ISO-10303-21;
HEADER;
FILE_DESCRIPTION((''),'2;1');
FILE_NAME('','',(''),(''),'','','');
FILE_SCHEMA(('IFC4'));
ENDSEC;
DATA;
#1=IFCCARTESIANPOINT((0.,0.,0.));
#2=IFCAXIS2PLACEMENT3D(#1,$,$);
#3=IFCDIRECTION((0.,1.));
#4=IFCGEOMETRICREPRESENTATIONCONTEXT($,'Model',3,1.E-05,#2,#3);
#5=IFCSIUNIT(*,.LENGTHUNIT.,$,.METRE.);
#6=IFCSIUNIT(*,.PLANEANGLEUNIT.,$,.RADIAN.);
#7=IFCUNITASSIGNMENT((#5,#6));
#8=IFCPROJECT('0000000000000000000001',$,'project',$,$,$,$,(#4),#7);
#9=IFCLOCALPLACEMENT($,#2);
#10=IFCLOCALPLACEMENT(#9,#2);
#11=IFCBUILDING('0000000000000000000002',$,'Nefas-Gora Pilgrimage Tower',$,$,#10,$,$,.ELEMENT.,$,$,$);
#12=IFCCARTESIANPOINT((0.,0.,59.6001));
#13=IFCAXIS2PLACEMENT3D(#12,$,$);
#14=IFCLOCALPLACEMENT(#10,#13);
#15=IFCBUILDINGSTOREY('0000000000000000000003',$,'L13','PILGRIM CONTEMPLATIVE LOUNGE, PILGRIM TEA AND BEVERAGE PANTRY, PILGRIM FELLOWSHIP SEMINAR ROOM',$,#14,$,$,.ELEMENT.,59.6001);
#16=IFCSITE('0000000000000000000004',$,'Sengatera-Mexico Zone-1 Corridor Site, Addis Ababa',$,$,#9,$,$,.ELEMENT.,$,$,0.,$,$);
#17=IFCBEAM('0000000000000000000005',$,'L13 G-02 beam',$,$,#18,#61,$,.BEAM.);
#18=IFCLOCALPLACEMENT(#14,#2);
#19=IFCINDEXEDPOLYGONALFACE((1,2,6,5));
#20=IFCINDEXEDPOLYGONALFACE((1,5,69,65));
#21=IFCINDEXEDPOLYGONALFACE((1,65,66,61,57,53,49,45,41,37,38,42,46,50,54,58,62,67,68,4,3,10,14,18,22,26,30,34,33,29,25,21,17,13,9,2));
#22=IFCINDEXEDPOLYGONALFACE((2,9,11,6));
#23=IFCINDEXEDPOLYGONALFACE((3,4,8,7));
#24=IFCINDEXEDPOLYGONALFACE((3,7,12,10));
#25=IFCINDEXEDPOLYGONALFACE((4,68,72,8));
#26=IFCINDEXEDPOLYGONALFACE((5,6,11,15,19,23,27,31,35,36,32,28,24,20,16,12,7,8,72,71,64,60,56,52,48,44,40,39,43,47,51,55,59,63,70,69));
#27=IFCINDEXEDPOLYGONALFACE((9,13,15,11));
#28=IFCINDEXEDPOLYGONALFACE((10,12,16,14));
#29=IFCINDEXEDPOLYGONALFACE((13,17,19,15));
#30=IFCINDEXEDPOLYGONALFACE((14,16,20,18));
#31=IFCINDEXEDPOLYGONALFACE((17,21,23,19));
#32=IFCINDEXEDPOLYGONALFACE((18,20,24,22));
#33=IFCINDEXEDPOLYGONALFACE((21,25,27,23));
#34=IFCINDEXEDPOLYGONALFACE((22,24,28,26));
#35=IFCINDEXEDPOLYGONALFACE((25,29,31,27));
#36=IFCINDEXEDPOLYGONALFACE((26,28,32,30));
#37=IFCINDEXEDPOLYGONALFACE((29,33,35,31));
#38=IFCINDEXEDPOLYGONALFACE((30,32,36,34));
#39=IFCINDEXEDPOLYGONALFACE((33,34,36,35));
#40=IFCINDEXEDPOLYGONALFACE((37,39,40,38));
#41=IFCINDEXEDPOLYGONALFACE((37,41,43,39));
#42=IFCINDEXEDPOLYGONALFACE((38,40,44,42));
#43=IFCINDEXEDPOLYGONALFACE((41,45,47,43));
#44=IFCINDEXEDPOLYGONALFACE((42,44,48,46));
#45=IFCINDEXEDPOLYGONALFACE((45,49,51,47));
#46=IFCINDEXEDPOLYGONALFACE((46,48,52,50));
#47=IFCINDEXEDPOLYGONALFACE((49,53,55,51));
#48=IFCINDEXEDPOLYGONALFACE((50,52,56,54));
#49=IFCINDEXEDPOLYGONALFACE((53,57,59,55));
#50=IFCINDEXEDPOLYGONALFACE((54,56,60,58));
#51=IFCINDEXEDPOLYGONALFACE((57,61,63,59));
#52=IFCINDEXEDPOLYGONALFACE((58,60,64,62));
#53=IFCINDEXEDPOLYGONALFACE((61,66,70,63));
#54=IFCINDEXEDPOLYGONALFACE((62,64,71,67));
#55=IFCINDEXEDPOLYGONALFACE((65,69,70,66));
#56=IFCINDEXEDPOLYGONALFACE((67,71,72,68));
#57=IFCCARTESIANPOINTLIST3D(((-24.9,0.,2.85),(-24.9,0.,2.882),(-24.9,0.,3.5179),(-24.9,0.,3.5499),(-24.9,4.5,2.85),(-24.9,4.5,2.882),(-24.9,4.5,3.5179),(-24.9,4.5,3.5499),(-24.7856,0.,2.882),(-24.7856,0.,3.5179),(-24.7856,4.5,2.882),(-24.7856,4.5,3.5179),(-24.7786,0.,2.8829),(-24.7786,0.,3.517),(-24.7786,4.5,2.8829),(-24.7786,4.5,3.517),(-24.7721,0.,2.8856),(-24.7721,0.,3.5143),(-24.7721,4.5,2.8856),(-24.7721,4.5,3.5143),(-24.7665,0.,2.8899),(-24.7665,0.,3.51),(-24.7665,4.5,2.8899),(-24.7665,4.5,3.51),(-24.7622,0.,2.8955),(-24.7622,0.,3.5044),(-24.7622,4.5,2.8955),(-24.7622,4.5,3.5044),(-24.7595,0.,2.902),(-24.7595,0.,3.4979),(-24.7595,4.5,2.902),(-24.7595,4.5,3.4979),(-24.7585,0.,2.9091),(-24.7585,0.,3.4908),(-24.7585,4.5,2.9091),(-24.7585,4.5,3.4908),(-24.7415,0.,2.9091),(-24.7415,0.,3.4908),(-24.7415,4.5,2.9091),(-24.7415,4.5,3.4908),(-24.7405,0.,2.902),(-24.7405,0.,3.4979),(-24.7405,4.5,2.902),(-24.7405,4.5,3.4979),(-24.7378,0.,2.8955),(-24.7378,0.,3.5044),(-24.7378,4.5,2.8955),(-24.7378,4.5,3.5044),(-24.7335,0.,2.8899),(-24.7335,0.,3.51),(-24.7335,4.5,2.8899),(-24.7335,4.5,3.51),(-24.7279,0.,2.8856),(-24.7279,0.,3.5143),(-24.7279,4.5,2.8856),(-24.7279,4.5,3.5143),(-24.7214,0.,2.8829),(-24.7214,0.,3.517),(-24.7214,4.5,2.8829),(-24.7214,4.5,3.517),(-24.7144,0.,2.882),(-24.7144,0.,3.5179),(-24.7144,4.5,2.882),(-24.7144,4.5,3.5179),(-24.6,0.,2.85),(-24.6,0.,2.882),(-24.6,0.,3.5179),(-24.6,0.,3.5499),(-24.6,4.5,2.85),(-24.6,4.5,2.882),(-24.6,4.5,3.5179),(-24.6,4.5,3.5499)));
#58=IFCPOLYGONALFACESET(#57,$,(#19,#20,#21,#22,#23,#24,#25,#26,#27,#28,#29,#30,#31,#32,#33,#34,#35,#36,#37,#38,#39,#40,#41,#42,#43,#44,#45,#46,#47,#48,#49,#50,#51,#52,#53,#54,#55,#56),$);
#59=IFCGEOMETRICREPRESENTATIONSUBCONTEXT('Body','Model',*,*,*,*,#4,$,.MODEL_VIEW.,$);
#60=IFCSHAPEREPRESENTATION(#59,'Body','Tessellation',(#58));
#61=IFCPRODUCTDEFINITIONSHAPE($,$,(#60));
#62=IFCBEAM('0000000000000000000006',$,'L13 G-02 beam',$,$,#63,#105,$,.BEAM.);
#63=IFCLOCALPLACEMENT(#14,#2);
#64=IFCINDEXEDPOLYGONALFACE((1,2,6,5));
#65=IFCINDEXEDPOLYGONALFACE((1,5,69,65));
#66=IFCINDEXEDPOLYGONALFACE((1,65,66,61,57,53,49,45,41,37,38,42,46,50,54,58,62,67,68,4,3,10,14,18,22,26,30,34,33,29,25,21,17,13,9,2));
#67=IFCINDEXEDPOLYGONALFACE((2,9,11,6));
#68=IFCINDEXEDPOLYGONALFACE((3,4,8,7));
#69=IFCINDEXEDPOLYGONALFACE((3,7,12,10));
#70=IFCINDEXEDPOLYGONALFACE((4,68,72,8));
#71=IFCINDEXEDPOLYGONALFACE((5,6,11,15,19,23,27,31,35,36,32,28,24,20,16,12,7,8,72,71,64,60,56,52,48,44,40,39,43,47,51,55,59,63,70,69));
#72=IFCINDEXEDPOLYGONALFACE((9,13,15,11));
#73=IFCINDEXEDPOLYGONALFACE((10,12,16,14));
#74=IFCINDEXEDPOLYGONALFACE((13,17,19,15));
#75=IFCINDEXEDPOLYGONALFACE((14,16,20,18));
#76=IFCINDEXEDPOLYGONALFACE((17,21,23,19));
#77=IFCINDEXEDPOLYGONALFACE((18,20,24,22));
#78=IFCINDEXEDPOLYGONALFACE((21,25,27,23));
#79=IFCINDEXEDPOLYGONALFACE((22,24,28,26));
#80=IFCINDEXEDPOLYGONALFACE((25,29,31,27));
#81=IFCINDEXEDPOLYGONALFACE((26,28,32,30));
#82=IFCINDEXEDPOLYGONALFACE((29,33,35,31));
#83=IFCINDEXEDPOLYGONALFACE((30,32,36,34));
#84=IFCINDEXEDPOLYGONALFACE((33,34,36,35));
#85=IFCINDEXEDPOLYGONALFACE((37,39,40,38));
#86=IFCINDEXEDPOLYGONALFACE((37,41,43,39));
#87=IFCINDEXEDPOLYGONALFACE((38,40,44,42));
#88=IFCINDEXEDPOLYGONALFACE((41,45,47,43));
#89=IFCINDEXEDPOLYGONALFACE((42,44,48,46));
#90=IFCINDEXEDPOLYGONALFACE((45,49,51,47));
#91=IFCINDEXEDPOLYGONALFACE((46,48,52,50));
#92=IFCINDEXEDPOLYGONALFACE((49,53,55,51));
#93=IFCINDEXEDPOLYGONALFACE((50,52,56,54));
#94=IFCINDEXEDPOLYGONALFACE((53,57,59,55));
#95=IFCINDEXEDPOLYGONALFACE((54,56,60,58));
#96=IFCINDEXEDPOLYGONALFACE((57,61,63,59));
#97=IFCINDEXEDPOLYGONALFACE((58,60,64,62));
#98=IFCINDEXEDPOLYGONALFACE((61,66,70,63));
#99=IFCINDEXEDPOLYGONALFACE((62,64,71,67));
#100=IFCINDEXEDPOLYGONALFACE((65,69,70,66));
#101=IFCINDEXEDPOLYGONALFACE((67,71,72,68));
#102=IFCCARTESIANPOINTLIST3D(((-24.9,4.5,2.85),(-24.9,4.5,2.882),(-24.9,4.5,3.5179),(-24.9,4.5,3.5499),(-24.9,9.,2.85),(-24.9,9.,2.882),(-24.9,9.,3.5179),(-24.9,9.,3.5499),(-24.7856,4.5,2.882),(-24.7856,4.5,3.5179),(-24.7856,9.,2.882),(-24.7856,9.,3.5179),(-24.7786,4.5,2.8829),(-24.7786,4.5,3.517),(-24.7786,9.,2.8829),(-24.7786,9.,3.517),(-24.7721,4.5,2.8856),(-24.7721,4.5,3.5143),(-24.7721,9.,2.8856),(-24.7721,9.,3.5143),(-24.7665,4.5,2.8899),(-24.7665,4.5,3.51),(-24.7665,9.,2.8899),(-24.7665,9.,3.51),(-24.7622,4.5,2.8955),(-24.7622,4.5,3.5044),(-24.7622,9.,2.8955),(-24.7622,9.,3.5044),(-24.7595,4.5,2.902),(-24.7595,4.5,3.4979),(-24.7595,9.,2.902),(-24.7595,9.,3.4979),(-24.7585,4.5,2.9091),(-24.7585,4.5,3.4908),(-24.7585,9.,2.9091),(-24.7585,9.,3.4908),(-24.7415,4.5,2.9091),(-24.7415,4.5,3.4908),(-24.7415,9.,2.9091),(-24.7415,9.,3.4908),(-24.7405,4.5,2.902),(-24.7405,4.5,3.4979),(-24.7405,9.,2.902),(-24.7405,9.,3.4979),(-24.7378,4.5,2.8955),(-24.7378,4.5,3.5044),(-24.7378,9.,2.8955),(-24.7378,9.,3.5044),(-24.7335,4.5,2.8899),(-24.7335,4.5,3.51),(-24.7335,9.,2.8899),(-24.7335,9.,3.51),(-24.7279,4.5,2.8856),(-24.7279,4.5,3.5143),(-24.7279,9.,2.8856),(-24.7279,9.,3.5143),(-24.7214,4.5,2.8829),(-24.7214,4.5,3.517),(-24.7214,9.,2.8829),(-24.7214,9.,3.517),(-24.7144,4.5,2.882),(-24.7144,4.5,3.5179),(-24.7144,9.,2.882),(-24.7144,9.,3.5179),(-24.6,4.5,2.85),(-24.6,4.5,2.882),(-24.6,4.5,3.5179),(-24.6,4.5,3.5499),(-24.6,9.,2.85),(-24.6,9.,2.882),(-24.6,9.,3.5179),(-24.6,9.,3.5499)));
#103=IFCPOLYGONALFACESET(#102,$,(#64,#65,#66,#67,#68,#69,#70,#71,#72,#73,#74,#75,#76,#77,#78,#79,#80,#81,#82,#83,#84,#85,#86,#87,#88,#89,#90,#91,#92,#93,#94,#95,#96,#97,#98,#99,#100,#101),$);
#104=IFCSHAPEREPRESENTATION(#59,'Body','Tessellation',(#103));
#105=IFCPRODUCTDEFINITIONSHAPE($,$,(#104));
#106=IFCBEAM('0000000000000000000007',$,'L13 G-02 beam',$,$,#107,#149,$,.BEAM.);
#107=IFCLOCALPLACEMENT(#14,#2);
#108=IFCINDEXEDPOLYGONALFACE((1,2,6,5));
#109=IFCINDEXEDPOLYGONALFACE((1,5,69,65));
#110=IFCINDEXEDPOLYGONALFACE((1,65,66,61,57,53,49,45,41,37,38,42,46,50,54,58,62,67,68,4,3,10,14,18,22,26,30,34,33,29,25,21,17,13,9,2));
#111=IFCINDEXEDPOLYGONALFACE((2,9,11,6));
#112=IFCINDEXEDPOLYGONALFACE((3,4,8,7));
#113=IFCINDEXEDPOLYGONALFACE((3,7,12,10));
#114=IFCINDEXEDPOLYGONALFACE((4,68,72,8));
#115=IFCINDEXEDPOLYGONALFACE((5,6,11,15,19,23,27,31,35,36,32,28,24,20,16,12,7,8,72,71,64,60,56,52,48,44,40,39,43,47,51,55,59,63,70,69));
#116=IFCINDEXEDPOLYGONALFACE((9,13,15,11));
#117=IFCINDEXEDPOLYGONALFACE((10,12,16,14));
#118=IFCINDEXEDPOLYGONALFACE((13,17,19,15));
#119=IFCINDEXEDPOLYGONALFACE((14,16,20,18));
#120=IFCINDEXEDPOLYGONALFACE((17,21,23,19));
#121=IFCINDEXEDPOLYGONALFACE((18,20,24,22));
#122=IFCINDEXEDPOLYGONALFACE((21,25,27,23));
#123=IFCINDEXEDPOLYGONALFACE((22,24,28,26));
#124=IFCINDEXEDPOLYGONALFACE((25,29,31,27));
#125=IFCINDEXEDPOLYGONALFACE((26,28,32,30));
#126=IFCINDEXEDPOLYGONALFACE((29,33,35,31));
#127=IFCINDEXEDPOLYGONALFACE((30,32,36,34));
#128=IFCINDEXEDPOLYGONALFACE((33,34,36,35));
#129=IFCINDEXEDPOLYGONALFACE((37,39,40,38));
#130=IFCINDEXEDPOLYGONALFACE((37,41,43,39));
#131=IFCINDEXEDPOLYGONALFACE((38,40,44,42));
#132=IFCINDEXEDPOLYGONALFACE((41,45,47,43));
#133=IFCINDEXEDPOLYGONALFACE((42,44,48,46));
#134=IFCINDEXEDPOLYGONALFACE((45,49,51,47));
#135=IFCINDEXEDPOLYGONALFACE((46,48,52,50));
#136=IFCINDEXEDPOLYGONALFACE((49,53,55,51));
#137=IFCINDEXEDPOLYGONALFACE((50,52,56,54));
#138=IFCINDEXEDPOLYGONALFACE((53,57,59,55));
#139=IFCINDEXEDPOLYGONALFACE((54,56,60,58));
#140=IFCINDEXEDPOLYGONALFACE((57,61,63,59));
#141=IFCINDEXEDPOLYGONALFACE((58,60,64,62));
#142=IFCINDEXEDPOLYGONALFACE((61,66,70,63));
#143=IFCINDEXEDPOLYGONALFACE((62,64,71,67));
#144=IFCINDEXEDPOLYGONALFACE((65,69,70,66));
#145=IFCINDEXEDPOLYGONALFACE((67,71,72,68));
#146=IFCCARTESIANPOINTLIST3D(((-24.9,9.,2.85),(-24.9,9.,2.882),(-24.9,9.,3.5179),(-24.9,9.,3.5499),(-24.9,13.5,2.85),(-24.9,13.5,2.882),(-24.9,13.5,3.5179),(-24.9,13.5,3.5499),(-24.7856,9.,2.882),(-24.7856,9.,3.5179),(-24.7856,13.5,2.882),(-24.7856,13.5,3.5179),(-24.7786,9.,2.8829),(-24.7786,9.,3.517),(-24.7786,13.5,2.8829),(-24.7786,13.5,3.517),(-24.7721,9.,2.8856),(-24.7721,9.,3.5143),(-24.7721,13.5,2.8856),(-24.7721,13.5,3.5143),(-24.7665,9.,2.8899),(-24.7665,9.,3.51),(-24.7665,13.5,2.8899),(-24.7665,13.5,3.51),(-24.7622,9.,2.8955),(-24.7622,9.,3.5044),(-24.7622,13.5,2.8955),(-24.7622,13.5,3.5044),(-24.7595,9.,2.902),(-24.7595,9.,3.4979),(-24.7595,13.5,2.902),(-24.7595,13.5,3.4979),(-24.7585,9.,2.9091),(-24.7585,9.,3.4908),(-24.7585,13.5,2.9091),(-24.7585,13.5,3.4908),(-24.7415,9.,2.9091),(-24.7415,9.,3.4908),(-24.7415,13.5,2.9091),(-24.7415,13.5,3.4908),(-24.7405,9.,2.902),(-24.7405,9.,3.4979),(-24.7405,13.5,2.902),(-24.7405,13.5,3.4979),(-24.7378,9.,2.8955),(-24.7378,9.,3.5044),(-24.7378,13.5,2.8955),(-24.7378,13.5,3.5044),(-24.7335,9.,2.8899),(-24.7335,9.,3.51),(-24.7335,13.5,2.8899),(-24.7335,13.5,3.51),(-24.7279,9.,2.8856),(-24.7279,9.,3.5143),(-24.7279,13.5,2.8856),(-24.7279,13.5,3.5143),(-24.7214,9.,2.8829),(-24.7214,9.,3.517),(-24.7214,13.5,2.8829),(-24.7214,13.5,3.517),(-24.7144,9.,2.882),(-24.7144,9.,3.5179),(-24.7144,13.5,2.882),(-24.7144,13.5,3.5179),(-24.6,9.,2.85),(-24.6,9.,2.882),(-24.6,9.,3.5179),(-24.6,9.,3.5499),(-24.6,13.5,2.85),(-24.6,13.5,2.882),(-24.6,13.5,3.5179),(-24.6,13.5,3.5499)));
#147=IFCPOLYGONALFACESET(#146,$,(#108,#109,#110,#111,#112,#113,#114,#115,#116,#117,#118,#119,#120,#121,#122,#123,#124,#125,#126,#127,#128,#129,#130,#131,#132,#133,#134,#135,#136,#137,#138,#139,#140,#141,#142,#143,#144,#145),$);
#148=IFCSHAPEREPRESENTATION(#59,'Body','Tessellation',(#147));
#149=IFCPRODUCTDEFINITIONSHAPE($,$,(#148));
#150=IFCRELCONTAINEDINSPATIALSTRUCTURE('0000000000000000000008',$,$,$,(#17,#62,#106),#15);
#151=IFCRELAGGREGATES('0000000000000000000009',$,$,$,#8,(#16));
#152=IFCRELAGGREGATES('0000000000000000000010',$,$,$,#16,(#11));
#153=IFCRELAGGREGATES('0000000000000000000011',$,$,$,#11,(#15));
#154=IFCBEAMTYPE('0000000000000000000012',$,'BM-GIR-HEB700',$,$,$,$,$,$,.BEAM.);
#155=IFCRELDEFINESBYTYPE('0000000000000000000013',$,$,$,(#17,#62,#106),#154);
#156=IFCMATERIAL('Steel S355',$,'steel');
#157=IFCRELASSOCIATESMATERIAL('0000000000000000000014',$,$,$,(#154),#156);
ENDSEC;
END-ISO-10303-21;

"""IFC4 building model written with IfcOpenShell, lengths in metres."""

from ifc_helpers import new_model, si_unit, direction, frame, origin, origin_2d, place, context, subcontext, project, spatial, i_section, extrude, source, transform, mapped, material, material_profile, profile_set, type_object, element, save


model = new_model("IFC4")

# Units and contexts
model_context = context("Model", 3, precision=1e-05, world=origin(), true_north=direction((0.0, 1.0)))
body_context = subcontext(model_context, "Body", "Model", "MODEL_VIEW")
ifc_project = project(units=[si_unit("LENGTHUNIT", "METRE"), si_unit("PLANEANGLEUNIT", "RADIAN")], contexts=[model_context])

# Site, building, storey
site_placement = place(None, origin())
site = spatial("IfcSite", under=ifc_project, at=site_placement, Name="Sengatera-Mexico Zone-1 Corridor Site, Addis Ababa", CompositionType="ELEMENT", RefElevation=0.0)
building_placement = place(site_placement, origin())
building = spatial("IfcBuilding", under=site, at=building_placement, Name="Nefas-Gora Pilgrimage Tower", CompositionType="ELEMENT")
storey_placement = place(building_placement, frame((0.0, 0.0, 59.6001)))
storey = spatial("IfcBuildingStorey", under=building, at=storey_placement, Name="L13", Description="PILGRIM CONTEMPLATIVE LOUNGE, PILGRIM TEA AND BEVERAGE PANTRY, PILGRIM FELLOWSHIP SEMINAR ROOM", CompositionType="ELEMENT", Elevation=59.6001)

# Beams
ifc_material_1 = material(Name="Steel S355", Category="steel")
ifc_material_profile_1 = material_profile(ifc_material_1, i_section(OverallWidth=0.3, OverallDepth=0.7, WebThickness=0.0171, FlangeThickness=0.032, FilletRadius=0.0271, at=origin_2d()), Name="HEB 700")
ifc_profile_set_1 = profile_set([ifc_material_profile_1], Name="Steel S355")
beam_type_1 = type_object("IfcBeamType", Name="BM-GIR-HEB700", PredefinedType="BEAM", material=ifc_profile_set_1)
shared_shape_1 = source(origin(), body_context, "Body", "SweptSolid", [
    extrude(i_section(OverallWidth=0.3, OverallDepth=0.7, WebThickness=0.0171, FlangeThickness=0.032, FilletRadius=0.0271, at=origin_2d()), origin(), (0.0, 0.0, 1.0), 4.5),
])
for number, where, z_axis, x_axis, name in (
    (1, (-24.75, 0.0, 3.2), (0.0, 1.0, 0.0), (-1.0, 0.0, 0.0), "L13 G-02 beam"),
    (2, (-24.75, 4.5, 3.2), (0.0, 1.0, 0.0), (-1.0, 0.0, 0.0), "L13 G-02 beam"),
    (3, (-24.75, 9.0, 3.2), (0.0, 1.0, 0.0), (-1.0, 0.0, 0.0), "L13 G-02 beam"),
):
    element("IfcBeam", number, at=place(storey_placement, frame(where, z_axis=z_axis, x_axis=x_axis)), inside=storey, type_object=beam_type_1, Name=name, PredefinedType="BEAM", context=body_context, shape_type="MappedRepresentation", body=[
        mapped(shared_shape_1, transform((0.0, 0.0, 0.0), x_axis=(1.0, 0.0, 0.0), y_axis=(0.0, 1.0, 0.0), z_axis=(0.0, 0.0, 1.0), scale=1.0)),
    ])

save(model, "model.ifc")
